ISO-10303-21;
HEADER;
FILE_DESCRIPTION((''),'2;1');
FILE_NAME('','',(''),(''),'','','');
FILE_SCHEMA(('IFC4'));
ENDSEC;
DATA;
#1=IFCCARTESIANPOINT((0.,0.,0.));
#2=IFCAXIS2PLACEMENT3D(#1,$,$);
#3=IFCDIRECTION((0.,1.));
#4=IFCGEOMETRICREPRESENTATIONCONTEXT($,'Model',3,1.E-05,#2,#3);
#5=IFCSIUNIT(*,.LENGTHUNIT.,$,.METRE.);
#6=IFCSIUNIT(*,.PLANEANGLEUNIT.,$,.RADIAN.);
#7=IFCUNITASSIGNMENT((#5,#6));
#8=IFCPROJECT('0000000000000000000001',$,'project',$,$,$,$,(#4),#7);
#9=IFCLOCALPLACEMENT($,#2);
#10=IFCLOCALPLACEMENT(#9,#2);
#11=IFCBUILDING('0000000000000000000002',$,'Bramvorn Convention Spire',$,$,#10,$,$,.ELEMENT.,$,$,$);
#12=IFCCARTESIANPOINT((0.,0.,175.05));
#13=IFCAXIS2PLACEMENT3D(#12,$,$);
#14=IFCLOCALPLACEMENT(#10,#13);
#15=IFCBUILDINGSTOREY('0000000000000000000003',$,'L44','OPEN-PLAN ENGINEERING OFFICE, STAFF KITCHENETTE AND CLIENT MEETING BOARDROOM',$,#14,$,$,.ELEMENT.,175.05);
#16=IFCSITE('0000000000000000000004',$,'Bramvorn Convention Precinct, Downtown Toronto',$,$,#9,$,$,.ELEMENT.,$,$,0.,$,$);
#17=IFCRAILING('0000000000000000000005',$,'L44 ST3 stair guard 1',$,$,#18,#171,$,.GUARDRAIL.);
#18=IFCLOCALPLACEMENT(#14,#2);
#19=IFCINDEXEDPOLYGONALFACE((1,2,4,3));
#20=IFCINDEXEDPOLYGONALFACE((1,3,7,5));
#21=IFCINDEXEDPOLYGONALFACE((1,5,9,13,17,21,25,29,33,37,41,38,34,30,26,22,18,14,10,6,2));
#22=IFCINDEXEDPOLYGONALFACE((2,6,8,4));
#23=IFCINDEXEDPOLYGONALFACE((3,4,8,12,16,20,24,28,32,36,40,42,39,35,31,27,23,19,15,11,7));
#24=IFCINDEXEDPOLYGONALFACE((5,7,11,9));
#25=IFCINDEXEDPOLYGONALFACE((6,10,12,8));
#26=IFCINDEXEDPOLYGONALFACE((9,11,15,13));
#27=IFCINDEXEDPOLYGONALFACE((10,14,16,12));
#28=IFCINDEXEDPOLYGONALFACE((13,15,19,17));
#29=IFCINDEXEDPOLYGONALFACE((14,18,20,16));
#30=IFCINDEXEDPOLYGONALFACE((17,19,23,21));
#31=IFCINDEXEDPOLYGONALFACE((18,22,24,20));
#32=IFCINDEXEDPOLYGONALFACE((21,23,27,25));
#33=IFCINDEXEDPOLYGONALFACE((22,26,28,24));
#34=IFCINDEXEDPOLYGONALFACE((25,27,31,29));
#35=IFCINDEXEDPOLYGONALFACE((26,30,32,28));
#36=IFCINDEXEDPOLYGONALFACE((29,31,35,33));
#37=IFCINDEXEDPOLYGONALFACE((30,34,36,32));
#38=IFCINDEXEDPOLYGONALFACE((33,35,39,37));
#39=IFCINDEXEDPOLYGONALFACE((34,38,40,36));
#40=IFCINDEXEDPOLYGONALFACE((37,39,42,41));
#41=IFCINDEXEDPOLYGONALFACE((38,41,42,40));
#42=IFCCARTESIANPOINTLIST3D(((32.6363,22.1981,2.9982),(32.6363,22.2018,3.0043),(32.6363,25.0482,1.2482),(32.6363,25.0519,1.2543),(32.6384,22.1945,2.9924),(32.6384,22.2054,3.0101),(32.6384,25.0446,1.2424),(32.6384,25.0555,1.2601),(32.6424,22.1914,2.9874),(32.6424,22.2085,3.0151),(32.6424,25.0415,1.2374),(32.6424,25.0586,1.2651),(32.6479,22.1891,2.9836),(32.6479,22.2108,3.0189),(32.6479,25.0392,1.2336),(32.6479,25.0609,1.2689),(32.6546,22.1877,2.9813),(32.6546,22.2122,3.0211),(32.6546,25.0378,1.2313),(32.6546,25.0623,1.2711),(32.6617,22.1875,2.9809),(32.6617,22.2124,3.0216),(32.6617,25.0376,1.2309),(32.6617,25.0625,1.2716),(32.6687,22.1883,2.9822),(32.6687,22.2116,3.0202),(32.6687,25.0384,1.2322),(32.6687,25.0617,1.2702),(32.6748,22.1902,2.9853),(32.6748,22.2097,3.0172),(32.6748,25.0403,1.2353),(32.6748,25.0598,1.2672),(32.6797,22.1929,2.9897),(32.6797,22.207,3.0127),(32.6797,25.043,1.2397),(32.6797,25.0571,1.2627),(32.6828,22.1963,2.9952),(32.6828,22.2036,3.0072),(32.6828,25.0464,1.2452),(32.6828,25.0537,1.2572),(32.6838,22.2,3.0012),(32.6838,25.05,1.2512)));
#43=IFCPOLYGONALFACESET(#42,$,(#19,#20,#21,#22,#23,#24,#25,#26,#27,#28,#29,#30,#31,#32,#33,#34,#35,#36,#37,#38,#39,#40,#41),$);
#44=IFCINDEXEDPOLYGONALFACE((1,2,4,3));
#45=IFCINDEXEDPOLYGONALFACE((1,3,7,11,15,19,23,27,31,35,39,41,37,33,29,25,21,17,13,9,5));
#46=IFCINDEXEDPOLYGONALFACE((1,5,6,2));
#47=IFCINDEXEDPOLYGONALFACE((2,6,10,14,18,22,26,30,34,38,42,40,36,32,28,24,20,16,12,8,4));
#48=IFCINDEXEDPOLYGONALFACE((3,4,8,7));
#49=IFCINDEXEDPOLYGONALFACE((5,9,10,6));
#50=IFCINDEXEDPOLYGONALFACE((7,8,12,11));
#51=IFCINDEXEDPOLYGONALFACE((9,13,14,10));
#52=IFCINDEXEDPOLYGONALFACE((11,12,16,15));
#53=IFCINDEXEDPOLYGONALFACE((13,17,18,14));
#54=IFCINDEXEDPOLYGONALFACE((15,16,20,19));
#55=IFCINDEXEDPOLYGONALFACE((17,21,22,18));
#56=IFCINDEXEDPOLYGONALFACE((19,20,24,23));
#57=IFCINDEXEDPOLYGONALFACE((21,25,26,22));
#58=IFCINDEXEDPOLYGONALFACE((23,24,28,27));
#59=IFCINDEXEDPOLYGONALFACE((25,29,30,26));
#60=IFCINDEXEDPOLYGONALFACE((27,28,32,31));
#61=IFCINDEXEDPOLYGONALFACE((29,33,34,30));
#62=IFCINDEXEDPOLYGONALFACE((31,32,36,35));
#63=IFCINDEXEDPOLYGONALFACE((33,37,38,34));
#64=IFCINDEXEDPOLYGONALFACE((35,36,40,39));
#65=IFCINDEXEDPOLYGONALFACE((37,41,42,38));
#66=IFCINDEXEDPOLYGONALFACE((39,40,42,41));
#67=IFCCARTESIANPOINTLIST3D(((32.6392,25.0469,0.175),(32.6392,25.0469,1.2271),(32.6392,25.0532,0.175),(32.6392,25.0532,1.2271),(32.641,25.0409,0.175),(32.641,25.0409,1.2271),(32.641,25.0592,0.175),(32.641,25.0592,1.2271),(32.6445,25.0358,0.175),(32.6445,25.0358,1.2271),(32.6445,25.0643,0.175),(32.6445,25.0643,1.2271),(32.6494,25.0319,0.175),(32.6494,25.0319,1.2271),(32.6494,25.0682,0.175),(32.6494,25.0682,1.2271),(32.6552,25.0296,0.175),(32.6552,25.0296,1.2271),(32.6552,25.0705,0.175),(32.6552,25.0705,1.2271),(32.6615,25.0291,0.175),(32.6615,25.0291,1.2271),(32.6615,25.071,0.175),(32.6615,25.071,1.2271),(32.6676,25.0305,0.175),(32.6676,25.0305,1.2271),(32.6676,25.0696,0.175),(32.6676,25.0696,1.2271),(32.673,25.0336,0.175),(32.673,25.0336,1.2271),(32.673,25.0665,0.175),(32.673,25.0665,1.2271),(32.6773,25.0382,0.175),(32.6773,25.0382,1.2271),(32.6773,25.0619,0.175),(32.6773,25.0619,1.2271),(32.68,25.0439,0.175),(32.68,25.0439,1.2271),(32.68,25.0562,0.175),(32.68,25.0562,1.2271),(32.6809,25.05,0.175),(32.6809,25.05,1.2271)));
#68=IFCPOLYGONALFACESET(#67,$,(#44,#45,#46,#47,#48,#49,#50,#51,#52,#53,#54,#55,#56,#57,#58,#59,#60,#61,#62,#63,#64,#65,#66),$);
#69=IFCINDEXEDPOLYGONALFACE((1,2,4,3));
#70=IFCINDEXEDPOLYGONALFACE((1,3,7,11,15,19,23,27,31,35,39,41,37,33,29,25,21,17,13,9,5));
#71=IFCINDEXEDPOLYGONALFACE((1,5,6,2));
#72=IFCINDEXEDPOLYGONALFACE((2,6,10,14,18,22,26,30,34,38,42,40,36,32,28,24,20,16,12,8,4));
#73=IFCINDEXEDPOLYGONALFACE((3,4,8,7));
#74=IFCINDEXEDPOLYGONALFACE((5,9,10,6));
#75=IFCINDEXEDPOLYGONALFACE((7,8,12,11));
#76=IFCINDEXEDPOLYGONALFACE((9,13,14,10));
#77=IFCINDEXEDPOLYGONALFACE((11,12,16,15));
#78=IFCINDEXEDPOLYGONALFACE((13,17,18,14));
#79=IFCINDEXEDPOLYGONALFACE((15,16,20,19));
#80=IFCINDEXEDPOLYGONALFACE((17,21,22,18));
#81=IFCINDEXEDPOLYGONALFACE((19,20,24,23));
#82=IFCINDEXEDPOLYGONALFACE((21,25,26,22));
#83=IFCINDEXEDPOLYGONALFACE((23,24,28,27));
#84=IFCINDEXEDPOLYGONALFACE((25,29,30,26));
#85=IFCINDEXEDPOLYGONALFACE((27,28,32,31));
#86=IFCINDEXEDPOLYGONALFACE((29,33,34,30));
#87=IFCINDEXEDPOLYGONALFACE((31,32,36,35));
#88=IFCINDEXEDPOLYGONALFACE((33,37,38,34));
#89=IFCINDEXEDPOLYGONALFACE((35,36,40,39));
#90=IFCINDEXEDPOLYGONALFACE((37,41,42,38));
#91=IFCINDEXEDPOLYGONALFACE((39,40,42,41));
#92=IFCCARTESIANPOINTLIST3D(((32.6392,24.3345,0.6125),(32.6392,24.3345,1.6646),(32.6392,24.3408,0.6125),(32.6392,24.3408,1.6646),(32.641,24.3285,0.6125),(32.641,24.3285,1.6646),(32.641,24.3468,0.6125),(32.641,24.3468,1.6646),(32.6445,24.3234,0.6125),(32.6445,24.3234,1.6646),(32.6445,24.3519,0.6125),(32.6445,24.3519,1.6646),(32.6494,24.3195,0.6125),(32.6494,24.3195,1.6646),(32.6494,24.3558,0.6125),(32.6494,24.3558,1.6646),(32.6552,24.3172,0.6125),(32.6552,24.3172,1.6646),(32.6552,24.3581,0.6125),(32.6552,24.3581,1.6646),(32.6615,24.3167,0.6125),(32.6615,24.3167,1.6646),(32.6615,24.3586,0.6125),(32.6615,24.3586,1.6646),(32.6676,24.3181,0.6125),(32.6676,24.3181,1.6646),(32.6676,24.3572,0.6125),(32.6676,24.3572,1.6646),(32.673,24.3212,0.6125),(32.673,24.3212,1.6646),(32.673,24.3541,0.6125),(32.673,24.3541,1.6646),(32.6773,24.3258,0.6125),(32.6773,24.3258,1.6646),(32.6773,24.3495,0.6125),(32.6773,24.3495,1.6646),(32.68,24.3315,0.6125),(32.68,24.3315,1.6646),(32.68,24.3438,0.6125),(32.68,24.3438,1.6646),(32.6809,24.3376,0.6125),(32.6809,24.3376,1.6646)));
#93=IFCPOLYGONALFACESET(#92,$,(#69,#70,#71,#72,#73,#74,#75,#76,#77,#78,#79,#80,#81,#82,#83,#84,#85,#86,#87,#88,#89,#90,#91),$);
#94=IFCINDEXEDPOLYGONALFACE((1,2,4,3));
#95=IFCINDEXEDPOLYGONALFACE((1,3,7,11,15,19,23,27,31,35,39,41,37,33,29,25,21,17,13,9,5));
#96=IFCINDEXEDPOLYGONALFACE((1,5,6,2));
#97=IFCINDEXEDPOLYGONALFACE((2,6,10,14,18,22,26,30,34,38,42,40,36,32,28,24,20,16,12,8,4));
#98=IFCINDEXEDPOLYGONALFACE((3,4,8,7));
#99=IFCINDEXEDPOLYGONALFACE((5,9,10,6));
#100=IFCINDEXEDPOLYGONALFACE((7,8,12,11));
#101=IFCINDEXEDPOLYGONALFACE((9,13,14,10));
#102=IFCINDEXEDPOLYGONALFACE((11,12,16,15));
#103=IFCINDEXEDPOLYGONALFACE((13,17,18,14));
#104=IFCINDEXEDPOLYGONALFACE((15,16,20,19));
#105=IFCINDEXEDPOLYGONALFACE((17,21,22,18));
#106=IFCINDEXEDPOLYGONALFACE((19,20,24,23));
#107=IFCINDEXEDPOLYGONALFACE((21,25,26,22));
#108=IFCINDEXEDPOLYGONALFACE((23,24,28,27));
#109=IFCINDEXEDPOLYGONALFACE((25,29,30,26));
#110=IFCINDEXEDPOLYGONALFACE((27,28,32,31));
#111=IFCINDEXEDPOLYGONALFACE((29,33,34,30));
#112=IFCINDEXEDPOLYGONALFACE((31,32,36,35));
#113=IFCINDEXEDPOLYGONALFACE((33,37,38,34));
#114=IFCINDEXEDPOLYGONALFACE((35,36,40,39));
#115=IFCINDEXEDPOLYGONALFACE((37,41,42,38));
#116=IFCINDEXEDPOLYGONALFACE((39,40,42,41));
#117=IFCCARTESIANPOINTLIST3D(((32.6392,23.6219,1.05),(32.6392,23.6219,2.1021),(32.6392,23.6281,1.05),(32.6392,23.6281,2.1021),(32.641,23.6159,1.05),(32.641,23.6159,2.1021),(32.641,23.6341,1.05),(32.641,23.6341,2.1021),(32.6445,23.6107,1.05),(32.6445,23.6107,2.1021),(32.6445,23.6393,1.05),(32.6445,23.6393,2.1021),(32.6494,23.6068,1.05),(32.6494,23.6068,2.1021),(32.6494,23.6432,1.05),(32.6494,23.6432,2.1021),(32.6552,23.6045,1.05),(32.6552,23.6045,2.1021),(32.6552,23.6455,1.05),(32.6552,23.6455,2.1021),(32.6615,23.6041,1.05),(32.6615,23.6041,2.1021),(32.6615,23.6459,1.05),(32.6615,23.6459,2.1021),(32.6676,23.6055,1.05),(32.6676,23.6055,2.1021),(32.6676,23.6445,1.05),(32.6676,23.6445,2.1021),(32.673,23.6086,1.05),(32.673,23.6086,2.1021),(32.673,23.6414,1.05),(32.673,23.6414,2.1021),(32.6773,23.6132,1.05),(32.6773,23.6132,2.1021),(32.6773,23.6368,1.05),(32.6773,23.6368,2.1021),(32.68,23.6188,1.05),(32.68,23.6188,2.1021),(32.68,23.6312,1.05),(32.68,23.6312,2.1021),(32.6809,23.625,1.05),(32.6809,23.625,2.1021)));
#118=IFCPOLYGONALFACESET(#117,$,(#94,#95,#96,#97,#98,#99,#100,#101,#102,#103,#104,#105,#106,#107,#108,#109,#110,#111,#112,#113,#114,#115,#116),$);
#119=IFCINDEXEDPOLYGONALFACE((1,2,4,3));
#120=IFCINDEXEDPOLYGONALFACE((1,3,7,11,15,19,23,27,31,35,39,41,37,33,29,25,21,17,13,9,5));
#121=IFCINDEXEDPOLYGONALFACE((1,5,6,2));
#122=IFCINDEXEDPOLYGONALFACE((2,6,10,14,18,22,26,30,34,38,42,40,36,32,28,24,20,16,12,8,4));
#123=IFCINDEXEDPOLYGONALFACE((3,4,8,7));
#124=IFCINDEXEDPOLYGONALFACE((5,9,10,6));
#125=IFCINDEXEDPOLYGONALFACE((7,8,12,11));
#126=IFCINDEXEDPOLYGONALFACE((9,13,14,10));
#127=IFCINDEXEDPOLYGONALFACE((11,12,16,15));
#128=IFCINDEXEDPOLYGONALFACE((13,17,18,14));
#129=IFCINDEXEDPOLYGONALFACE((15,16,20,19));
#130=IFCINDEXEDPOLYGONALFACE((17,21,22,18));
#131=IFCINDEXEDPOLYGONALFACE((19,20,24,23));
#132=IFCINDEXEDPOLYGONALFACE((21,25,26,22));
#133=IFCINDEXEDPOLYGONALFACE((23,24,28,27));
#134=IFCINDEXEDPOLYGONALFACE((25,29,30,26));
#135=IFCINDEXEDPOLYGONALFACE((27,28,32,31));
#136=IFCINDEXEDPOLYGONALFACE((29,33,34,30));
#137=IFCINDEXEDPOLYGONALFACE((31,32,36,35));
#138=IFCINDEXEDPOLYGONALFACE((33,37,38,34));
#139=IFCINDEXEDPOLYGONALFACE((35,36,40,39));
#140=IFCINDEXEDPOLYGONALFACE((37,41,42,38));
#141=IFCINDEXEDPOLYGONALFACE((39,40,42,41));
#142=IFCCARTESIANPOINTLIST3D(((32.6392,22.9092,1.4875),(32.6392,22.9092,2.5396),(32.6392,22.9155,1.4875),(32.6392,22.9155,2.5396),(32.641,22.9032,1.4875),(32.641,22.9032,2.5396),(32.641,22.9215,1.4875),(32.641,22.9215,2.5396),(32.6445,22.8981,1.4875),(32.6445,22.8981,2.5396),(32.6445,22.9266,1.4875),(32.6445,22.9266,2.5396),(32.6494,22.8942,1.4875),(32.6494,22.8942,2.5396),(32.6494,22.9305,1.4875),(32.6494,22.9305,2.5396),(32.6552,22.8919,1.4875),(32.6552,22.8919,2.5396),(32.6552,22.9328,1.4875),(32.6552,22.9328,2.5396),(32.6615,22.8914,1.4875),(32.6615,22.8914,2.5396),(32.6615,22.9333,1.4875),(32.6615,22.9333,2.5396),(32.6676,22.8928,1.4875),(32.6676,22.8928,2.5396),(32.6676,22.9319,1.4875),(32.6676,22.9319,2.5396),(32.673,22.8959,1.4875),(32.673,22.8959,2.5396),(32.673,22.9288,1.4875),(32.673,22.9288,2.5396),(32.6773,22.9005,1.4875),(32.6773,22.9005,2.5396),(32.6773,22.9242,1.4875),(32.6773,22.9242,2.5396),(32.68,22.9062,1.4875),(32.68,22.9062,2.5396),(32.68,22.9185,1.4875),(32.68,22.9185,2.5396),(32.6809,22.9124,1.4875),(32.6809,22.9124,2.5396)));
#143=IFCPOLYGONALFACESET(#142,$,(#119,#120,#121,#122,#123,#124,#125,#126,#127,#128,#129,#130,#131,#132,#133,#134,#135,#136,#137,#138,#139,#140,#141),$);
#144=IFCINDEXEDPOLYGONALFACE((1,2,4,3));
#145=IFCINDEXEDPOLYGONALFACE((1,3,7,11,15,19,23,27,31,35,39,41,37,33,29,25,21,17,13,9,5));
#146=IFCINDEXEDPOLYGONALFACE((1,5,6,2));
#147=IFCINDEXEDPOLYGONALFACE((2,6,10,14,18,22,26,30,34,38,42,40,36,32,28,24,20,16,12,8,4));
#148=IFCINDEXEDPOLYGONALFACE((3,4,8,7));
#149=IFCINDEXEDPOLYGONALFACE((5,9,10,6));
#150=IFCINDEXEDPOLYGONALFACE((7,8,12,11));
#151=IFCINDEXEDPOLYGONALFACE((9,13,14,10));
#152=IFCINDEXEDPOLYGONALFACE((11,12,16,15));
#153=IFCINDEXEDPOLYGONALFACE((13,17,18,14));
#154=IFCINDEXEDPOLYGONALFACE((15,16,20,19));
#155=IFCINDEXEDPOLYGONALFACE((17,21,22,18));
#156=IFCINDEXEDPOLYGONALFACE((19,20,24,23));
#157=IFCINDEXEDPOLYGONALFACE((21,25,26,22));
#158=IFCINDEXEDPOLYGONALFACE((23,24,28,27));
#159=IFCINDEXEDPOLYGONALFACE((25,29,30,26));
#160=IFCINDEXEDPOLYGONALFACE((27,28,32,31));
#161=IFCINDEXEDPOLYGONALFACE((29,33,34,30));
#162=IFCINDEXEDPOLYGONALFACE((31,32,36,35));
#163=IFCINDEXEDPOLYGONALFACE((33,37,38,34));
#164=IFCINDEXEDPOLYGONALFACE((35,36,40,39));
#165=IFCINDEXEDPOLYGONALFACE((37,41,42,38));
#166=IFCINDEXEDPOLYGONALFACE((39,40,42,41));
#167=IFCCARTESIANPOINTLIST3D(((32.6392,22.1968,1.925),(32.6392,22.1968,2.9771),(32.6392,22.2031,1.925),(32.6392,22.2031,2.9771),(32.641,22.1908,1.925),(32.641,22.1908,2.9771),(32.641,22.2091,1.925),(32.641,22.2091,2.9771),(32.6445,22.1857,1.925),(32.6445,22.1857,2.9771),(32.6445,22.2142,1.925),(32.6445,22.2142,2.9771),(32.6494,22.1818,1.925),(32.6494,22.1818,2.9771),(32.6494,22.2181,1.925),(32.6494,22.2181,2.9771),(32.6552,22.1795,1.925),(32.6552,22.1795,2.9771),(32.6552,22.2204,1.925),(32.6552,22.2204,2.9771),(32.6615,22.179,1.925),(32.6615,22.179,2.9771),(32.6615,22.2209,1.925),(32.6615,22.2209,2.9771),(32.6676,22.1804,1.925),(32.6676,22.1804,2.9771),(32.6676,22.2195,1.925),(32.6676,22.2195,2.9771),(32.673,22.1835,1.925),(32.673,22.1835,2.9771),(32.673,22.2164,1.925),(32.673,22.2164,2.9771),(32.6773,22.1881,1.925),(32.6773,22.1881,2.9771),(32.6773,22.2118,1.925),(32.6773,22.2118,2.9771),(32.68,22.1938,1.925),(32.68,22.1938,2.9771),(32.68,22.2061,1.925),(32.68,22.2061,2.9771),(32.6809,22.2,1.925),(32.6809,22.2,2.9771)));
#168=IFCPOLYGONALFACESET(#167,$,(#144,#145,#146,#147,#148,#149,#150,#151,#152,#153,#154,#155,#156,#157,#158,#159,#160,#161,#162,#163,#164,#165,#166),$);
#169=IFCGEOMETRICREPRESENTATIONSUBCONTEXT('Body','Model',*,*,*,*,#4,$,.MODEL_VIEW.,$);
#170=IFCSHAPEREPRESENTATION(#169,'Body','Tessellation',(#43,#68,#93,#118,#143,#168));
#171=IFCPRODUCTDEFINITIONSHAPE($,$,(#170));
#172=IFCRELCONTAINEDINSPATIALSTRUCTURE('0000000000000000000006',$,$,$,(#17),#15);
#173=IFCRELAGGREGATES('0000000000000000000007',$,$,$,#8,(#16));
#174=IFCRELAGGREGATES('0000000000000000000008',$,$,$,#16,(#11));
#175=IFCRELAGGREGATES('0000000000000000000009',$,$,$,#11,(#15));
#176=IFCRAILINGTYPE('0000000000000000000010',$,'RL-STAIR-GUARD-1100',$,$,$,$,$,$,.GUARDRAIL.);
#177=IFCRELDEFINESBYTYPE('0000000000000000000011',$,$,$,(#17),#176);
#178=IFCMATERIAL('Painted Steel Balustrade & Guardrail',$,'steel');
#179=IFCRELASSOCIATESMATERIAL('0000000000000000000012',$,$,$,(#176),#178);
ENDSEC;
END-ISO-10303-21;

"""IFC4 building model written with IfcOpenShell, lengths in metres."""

from ifc_helpers import new_model, si_unit, direction, frame, origin, origin_2d, place, context, subcontext, project, spatial, circle, extrude, material, type_object, element, save


model = new_model("IFC4")

# Units and contexts
model_context = context("Model", 3, precision=1e-05, world=origin(), true_north=direction((0.0, 1.0)))
body_context = subcontext(model_context, "Body", "Model", "MODEL_VIEW")
ifc_project = project(units=[si_unit("LENGTHUNIT", "METRE"), si_unit("PLANEANGLEUNIT", "RADIAN")], contexts=[model_context])

# Site, building, storey
site_placement = place(None, origin())
site = spatial("IfcSite", under=ifc_project, at=site_placement, Name="Bramvorn Convention Precinct, Downtown Toronto", CompositionType="ELEMENT", RefElevation=0.0)
building_placement = place(site_placement, origin())
building = spatial("IfcBuilding", under=site, at=building_placement, Name="Bramvorn Convention Spire", CompositionType="ELEMENT")
storey_placement = place(building_placement, frame((0.0, 0.0, 175.05)))
storey = spatial("IfcBuildingStorey", under=building, at=storey_placement, Name="L44", Description="OPEN-PLAN ENGINEERING OFFICE, STAFF KITCHENETTE AND CLIENT MEETING BOARDROOM", CompositionType="ELEMENT", Elevation=175.05)

# Railing
ifc_material_1 = material(Name="Painted Steel Balustrade & Guardrail", Category="steel")
railing_type_1 = type_object("IfcRailingType", Name="RL-STAIR-GUARD-1100", PredefinedType="GUARDRAIL", material=ifc_material_1)
railing_1_placement = place(storey_placement, frame((32.6599, 25.05, 0.175)))
element("IfcRailing", 1, at=railing_1_placement, inside=storey, type_object=railing_type_1, Name="L44 ST3 stair guard 1", PredefinedType="GUARDRAIL", context=body_context, shape_type="SweptSolid", body=[
    extrude(circle(Radius=0.0239, at=origin_2d()), frame((0.0, 0.0, 1.0762), z_axis=(0.0, -0.852179, 0.52325), x_axis=(1.0, 0.0, 0.0)), (0.0, 0.0, 1.0), 3.3445),
    extrude(circle(Radius=0.021, at=origin_2d()), origin(), (0.0, 0.0, 1.0), 1.052),
    extrude(circle(Radius=0.021, at=origin_2d()), frame((0.0, -0.7124, 0.4375)), (0.0, 0.0, 1.0), 1.052),
    extrude(circle(Radius=0.021, at=origin_2d()), frame((0.0, -1.425, 0.875)), (0.0, 0.0, 1.0), 1.052),
    extrude(circle(Radius=0.021, at=origin_2d()), frame((0.0, -2.1377, 1.3125)), (0.0, 0.0, 1.0), 1.052),
    extrude(circle(Radius=0.021, at=origin_2d()), frame((0.0, -2.8501, 1.75)), (0.0, 0.0, 1.0), 1.052),
])

save(model, "model.ifc")
